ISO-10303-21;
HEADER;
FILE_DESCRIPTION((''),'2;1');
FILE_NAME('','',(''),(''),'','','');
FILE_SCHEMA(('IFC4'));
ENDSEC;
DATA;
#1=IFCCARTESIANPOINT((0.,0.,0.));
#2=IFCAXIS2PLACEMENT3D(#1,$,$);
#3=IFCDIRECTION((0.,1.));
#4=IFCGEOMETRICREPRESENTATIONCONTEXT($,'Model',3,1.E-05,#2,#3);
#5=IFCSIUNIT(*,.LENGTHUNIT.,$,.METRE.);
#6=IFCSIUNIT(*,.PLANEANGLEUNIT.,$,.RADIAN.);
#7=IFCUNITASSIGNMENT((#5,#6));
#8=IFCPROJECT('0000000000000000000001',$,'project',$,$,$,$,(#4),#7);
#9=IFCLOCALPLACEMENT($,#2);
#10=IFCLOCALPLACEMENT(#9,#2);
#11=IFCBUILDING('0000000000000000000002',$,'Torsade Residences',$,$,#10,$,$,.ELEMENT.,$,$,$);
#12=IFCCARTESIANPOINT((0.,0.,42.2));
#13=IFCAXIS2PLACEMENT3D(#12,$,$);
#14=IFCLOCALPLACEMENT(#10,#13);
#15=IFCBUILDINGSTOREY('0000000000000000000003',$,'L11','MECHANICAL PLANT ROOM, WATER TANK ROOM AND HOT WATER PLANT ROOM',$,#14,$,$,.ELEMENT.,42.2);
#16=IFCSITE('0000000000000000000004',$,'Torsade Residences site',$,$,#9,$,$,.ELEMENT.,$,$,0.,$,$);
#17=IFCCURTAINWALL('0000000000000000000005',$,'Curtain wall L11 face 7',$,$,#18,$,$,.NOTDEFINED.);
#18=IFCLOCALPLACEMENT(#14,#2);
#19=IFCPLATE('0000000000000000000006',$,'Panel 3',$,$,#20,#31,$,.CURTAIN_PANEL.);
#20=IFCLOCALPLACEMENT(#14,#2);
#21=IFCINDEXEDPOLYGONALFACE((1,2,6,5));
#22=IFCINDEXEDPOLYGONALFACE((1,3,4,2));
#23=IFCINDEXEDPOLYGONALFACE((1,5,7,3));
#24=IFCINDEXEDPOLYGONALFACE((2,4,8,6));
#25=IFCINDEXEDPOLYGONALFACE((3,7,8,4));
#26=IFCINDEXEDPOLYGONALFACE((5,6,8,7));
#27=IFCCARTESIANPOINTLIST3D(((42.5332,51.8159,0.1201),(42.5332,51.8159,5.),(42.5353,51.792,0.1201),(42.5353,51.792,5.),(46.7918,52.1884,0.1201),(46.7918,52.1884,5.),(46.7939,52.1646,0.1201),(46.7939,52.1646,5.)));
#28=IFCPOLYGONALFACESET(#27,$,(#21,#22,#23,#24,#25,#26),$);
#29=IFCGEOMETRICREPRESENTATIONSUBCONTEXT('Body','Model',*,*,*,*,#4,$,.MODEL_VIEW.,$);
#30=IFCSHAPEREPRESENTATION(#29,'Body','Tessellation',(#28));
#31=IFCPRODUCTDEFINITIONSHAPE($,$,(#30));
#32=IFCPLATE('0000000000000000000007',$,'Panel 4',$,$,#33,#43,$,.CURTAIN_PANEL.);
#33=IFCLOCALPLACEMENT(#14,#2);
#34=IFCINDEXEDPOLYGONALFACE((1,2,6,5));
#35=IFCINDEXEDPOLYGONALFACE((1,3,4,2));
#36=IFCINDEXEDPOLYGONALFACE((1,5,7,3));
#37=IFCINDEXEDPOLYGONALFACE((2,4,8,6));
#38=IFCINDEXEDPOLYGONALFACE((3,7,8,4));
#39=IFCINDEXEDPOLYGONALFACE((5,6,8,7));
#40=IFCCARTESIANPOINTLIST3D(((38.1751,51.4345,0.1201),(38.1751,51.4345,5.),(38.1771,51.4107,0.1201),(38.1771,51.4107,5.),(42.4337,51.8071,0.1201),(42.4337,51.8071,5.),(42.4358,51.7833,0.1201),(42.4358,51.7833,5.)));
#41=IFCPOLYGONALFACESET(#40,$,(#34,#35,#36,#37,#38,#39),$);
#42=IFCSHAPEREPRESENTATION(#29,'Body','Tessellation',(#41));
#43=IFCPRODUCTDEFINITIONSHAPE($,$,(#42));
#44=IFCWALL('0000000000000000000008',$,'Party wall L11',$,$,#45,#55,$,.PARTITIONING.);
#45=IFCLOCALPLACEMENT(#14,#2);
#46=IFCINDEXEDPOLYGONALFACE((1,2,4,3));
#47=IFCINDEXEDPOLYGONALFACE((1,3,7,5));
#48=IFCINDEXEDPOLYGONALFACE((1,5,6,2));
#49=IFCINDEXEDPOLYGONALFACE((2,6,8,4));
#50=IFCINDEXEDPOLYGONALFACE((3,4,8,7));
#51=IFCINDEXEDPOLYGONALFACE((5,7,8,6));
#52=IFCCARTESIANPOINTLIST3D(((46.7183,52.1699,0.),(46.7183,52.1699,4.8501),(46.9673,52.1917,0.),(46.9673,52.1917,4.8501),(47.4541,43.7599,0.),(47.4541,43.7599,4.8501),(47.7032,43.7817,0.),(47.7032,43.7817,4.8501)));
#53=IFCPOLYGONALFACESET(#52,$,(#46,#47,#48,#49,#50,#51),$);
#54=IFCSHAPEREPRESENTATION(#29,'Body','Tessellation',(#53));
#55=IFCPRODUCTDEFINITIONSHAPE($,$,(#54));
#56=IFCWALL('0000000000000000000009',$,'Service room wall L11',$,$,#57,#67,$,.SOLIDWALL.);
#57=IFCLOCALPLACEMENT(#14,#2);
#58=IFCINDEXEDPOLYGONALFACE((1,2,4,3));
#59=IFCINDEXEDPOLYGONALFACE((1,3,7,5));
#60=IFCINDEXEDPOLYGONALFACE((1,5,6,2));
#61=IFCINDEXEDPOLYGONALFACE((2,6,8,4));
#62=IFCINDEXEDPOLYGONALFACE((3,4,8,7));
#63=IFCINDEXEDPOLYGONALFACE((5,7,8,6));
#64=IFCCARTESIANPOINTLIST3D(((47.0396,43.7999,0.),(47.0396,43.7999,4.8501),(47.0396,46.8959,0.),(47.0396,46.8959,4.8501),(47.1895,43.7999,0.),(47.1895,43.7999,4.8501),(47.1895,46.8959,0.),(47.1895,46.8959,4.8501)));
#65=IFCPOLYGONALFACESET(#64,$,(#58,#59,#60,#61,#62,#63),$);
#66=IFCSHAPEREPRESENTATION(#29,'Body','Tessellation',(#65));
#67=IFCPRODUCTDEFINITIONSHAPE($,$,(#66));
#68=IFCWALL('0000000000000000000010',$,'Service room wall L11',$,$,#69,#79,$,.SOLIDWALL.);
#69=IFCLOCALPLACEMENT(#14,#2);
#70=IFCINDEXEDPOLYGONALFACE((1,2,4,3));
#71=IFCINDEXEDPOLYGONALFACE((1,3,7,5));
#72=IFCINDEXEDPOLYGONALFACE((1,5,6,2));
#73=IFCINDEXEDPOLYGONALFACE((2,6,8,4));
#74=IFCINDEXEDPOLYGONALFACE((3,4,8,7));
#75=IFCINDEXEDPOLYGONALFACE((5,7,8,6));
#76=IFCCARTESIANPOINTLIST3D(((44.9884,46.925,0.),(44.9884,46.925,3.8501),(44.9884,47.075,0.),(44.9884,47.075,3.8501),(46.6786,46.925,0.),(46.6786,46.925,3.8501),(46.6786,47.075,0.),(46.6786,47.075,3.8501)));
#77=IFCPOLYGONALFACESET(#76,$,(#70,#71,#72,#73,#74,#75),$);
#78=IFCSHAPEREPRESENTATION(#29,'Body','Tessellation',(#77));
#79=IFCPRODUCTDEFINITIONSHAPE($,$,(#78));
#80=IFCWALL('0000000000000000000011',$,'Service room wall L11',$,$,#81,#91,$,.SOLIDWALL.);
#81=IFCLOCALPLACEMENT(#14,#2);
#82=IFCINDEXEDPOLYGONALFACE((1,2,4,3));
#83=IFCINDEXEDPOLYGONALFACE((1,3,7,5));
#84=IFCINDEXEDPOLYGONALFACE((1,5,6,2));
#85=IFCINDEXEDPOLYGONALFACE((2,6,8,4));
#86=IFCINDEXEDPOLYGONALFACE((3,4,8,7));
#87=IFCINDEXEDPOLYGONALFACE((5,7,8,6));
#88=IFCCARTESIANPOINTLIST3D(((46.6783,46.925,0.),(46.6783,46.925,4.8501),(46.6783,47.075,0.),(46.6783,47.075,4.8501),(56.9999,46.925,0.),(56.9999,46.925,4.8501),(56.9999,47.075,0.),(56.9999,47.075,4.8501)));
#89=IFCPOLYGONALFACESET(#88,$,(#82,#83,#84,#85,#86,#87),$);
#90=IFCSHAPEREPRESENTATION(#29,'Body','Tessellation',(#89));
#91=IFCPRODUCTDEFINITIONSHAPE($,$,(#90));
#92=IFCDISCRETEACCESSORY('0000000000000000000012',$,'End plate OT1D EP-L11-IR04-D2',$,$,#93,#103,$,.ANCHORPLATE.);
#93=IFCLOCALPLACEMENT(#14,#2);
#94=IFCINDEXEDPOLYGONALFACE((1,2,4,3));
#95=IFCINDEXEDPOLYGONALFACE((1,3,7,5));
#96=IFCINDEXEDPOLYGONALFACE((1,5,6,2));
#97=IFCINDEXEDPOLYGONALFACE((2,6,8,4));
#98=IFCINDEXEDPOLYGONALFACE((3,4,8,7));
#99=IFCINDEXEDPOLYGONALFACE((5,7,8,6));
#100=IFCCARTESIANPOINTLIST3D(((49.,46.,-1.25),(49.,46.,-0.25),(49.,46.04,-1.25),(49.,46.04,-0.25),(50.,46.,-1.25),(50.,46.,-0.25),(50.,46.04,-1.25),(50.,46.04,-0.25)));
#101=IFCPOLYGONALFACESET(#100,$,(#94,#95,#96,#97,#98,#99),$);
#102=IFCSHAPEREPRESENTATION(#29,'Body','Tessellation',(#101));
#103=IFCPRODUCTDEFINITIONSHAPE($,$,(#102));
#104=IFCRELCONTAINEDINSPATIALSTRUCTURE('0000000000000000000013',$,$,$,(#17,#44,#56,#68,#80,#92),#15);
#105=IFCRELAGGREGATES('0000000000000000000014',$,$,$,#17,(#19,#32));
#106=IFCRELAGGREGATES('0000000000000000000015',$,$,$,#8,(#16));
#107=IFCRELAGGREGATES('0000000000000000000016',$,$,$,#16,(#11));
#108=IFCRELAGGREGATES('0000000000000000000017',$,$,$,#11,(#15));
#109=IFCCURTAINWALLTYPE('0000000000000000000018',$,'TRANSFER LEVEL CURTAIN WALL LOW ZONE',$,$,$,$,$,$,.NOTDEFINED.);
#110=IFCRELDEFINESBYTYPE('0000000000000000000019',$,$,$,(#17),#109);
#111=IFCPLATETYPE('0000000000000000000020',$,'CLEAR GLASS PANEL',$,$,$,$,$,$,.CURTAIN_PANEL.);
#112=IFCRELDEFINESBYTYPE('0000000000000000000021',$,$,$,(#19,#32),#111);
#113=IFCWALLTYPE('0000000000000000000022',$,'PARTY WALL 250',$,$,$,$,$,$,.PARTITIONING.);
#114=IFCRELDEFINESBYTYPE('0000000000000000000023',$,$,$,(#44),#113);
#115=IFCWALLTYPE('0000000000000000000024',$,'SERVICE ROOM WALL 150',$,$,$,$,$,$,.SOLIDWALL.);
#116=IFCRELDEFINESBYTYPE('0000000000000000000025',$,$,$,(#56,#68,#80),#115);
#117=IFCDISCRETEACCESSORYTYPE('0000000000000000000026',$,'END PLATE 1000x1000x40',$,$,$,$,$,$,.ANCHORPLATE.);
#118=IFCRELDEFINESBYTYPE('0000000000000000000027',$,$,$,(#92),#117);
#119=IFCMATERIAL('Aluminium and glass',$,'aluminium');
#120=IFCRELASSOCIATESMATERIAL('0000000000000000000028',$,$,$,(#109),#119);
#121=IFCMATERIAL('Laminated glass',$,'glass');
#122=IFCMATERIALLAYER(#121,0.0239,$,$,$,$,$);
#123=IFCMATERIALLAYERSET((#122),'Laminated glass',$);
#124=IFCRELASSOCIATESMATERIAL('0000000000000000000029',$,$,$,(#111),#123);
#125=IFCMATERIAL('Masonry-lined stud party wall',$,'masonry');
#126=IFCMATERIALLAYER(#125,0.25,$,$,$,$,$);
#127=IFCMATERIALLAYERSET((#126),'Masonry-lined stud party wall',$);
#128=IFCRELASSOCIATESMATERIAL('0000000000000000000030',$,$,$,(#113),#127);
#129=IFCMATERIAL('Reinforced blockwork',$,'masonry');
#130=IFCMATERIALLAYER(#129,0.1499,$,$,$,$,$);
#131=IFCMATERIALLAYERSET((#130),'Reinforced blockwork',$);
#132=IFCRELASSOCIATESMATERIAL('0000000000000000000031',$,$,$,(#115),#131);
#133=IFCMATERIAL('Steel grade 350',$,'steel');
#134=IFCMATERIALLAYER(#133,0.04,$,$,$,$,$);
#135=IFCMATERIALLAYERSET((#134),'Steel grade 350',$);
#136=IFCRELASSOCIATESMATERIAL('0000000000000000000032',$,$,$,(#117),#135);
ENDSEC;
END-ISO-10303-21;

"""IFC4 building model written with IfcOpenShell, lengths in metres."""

from ifc_helpers import new_model, si_unit, direction, frame, frame_2d, origin, origin_2d, place, context, subcontext, project, spatial, rectangle, extrude, material, layer, layer_set, type_object, element, aggregate, save


model = new_model("IFC4")

# Units and contexts
model_context = context("Model", 3, precision=1e-05, world=origin(), true_north=direction((0.0, 1.0)))
body_context = subcontext(model_context, "Body", "Model", "MODEL_VIEW")
ifc_project = project(units=[si_unit("LENGTHUNIT", "METRE"), si_unit("PLANEANGLEUNIT", "RADIAN")], contexts=[model_context])

# Site, building, storey
site_placement = place(None, origin())
site = spatial("IfcSite", under=ifc_project, at=site_placement, Name="Torsade Residences site", CompositionType="ELEMENT", RefElevation=0.0)
building_placement = place(site_placement, origin())
building = spatial("IfcBuilding", under=site, at=building_placement, Name="Torsade Residences", CompositionType="ELEMENT")
storey_placement = place(building_placement, frame((0.0, 0.0, 42.2)))
storey = spatial("IfcBuildingStorey", under=building, at=storey_placement, Name="L11", Description="MECHANICAL PLANT ROOM, WATER TANK ROOM AND HOT WATER PLANT ROOM", CompositionType="ELEMENT", Elevation=42.2)

# Curtain wall
ifc_material_1 = material(Name="Aluminium and glass", Category="aluminium")
curtain_wall_type = type_object("IfcCurtainWallType", Name="TRANSFER LEVEL CURTAIN WALL LOW ZONE", PredefinedType="NOTDEFINED", material=ifc_material_1)
curtain_wall_placement = place(storey_placement, origin())
curtain_wall = element("IfcCurtainWall", 1, at=curtain_wall_placement, inside=storey, type_object=curtain_wall_type, Name="Curtain wall L11 face 7", PredefinedType="NOTDEFINED")

# Plates
ifc_material_2 = material(Name="Laminated glass", Category="glass")
ifc_layer_1 = layer(ifc_material_2, 0.0239)
ifc_layer_set_1 = layer_set([ifc_layer_1], Name="Laminated glass")
plate_type = type_object("IfcPlateType", Name="CLEAR GLASS PANEL", PredefinedType="CURTAIN_PANEL", material=ifc_layer_set_1)
plate_1_placement = place(storey_placement, frame((44.6636, 51.9902, 0.1201), z_axis=(0.0, 0.0, 1.0), x_axis=(-0.996195, -0.087156, 0.0)))
plate_1 = element("IfcPlate", 2, at=plate_1_placement, type_object=plate_type, Name="Panel 3", PredefinedType="CURTAIN_PANEL", context=body_context, shape_type="SweptSolid", body=[
    extrude(rectangle(XDim=4.2749, YDim=0.0239, at=origin_2d()), origin(), (0.0, 0.0, 1.0), 4.8799),
])
plate_2_placement = place(storey_placement, frame((40.3054, 51.6089, 0.1201), z_axis=(0.0, 0.0, 1.0), x_axis=(-0.996195, -0.087156, 0.0)))
plate_2 = element("IfcPlate", 3, at=plate_2_placement, type_object=plate_type, Name="Panel 4", PredefinedType="CURTAIN_PANEL", context=body_context, shape_type="SweptSolid", body=[
    extrude(rectangle(XDim=4.2749, YDim=0.0239, at=origin_2d()), origin(), (0.0, 0.0, 1.0), 4.8799),
])
aggregate(curtain_wall, [plate_1, plate_2])

# Walls
ifc_material_3 = material(Name="Masonry-lined stud party wall", Category="masonry")
ifc_layer_2 = layer(ifc_material_3, 0.25)
ifc_layer_set_2 = layer_set([ifc_layer_2], Name="Masonry-lined stud party wall")
wall_type_1 = type_object("IfcWallType", Name="PARTY WALL 250", PredefinedType="PARTITIONING", material=ifc_layer_set_2)
wall_1_placement = place(storey_placement, frame((46.8428, 52.1809, 0.0), z_axis=(0.0, 0.0, 1.0), x_axis=(0.087164, -0.996194, 0.0)))
element("IfcWall", 4, at=wall_1_placement, inside=storey, type_object=wall_type_1, Name="Party wall L11", PredefinedType="PARTITIONING", context=body_context, shape_type="SweptSolid", body=[
    extrude(rectangle(XDim=8.4421, YDim=0.25, at=frame_2d((4.2212, 0.0))), origin(), (0.0, 0.0, 1.0), 4.8501),
])
ifc_material_4 = material(Name="Reinforced blockwork", Category="masonry")
ifc_layer_3 = layer(ifc_material_4, 0.1499)
ifc_layer_set_3 = layer_set([ifc_layer_3], Name="Reinforced blockwork")
wall_type_2 = type_object("IfcWallType", Name="SERVICE ROOM WALL 150", PredefinedType="SOLIDWALL", material=ifc_layer_set_3)
wall_2_placement = place(storey_placement, frame((47.1145, 43.8, 0.0), z_axis=(0.0, 0.0, 1.0), x_axis=(0.0, 1.0, 0.0)))
element("IfcWall", 5, at=wall_2_placement, inside=storey, type_object=wall_type_2, Name="Service room wall L11", PredefinedType="SOLIDWALL", context=body_context, shape_type="SweptSolid", body=[
    extrude(rectangle(XDim=3.0959, YDim=0.1499, at=frame_2d((1.5479, 0.0))), origin(), (0.0, 0.0, 1.0), 4.8501),
])
wall_3_placement = place(storey_placement, frame((44.9883, 47.0, 0.0), z_axis=(0.0, 0.0, 1.0), x_axis=(1.0, 0.0, 0.0)))
element("IfcWall", 6, at=wall_3_placement, inside=storey, type_object=wall_type_2, Name="Service room wall L11", PredefinedType="SOLIDWALL", context=body_context, shape_type="SweptSolid", body=[
    extrude(rectangle(XDim=1.6902, YDim=0.1499, at=frame_2d((0.8452, 0.0))), origin(), (0.0, 0.0, 1.0), 3.8501),
])
wall_4_placement = place(storey_placement, frame((46.6785, 47.0, 0.0), z_axis=(0.0, 0.0, 1.0), x_axis=(1.0, 0.0, 0.0)))
element("IfcWall", 7, at=wall_4_placement, inside=storey, type_object=wall_type_2, Name="Service room wall L11", PredefinedType="SOLIDWALL", context=body_context, shape_type="SweptSolid", body=[
    extrude(rectangle(XDim=10.3215, YDim=0.1499, at=frame_2d((5.1606, 0.0))), origin(), (0.0, 0.0, 1.0), 4.8501),
])

# Discrete accessory
ifc_material_5 = material(Name="Steel grade 350", Category="steel")
ifc_layer_4 = layer(ifc_material_5, 0.04)
ifc_layer_set_4 = layer_set([ifc_layer_4], Name="Steel grade 350")
discrete_accessory_type = type_object("IfcDiscreteAccessoryType", Name="END PLATE 1000x1000x40", PredefinedType="ANCHORPLATE", material=ifc_layer_set_4)
discrete_accessory_placement = place(storey_placement, frame((49.5, 46.02, -1.25), z_axis=(0.0, 0.0, 1.0), x_axis=(1.0, 0.0, 0.0)))
element("IfcDiscreteAccessory", 8, at=discrete_accessory_placement, inside=storey, type_object=discrete_accessory_type, Name="End plate OT1D EP-L11-IR04-D2", PredefinedType="ANCHORPLATE", context=body_context, shape_type="SweptSolid", body=[
    extrude(rectangle(XDim=1.0, YDim=0.04, at=origin_2d()), origin(), (0.0, 0.0, 1.0), 1.0),
])

save(model, "model.ifc")
